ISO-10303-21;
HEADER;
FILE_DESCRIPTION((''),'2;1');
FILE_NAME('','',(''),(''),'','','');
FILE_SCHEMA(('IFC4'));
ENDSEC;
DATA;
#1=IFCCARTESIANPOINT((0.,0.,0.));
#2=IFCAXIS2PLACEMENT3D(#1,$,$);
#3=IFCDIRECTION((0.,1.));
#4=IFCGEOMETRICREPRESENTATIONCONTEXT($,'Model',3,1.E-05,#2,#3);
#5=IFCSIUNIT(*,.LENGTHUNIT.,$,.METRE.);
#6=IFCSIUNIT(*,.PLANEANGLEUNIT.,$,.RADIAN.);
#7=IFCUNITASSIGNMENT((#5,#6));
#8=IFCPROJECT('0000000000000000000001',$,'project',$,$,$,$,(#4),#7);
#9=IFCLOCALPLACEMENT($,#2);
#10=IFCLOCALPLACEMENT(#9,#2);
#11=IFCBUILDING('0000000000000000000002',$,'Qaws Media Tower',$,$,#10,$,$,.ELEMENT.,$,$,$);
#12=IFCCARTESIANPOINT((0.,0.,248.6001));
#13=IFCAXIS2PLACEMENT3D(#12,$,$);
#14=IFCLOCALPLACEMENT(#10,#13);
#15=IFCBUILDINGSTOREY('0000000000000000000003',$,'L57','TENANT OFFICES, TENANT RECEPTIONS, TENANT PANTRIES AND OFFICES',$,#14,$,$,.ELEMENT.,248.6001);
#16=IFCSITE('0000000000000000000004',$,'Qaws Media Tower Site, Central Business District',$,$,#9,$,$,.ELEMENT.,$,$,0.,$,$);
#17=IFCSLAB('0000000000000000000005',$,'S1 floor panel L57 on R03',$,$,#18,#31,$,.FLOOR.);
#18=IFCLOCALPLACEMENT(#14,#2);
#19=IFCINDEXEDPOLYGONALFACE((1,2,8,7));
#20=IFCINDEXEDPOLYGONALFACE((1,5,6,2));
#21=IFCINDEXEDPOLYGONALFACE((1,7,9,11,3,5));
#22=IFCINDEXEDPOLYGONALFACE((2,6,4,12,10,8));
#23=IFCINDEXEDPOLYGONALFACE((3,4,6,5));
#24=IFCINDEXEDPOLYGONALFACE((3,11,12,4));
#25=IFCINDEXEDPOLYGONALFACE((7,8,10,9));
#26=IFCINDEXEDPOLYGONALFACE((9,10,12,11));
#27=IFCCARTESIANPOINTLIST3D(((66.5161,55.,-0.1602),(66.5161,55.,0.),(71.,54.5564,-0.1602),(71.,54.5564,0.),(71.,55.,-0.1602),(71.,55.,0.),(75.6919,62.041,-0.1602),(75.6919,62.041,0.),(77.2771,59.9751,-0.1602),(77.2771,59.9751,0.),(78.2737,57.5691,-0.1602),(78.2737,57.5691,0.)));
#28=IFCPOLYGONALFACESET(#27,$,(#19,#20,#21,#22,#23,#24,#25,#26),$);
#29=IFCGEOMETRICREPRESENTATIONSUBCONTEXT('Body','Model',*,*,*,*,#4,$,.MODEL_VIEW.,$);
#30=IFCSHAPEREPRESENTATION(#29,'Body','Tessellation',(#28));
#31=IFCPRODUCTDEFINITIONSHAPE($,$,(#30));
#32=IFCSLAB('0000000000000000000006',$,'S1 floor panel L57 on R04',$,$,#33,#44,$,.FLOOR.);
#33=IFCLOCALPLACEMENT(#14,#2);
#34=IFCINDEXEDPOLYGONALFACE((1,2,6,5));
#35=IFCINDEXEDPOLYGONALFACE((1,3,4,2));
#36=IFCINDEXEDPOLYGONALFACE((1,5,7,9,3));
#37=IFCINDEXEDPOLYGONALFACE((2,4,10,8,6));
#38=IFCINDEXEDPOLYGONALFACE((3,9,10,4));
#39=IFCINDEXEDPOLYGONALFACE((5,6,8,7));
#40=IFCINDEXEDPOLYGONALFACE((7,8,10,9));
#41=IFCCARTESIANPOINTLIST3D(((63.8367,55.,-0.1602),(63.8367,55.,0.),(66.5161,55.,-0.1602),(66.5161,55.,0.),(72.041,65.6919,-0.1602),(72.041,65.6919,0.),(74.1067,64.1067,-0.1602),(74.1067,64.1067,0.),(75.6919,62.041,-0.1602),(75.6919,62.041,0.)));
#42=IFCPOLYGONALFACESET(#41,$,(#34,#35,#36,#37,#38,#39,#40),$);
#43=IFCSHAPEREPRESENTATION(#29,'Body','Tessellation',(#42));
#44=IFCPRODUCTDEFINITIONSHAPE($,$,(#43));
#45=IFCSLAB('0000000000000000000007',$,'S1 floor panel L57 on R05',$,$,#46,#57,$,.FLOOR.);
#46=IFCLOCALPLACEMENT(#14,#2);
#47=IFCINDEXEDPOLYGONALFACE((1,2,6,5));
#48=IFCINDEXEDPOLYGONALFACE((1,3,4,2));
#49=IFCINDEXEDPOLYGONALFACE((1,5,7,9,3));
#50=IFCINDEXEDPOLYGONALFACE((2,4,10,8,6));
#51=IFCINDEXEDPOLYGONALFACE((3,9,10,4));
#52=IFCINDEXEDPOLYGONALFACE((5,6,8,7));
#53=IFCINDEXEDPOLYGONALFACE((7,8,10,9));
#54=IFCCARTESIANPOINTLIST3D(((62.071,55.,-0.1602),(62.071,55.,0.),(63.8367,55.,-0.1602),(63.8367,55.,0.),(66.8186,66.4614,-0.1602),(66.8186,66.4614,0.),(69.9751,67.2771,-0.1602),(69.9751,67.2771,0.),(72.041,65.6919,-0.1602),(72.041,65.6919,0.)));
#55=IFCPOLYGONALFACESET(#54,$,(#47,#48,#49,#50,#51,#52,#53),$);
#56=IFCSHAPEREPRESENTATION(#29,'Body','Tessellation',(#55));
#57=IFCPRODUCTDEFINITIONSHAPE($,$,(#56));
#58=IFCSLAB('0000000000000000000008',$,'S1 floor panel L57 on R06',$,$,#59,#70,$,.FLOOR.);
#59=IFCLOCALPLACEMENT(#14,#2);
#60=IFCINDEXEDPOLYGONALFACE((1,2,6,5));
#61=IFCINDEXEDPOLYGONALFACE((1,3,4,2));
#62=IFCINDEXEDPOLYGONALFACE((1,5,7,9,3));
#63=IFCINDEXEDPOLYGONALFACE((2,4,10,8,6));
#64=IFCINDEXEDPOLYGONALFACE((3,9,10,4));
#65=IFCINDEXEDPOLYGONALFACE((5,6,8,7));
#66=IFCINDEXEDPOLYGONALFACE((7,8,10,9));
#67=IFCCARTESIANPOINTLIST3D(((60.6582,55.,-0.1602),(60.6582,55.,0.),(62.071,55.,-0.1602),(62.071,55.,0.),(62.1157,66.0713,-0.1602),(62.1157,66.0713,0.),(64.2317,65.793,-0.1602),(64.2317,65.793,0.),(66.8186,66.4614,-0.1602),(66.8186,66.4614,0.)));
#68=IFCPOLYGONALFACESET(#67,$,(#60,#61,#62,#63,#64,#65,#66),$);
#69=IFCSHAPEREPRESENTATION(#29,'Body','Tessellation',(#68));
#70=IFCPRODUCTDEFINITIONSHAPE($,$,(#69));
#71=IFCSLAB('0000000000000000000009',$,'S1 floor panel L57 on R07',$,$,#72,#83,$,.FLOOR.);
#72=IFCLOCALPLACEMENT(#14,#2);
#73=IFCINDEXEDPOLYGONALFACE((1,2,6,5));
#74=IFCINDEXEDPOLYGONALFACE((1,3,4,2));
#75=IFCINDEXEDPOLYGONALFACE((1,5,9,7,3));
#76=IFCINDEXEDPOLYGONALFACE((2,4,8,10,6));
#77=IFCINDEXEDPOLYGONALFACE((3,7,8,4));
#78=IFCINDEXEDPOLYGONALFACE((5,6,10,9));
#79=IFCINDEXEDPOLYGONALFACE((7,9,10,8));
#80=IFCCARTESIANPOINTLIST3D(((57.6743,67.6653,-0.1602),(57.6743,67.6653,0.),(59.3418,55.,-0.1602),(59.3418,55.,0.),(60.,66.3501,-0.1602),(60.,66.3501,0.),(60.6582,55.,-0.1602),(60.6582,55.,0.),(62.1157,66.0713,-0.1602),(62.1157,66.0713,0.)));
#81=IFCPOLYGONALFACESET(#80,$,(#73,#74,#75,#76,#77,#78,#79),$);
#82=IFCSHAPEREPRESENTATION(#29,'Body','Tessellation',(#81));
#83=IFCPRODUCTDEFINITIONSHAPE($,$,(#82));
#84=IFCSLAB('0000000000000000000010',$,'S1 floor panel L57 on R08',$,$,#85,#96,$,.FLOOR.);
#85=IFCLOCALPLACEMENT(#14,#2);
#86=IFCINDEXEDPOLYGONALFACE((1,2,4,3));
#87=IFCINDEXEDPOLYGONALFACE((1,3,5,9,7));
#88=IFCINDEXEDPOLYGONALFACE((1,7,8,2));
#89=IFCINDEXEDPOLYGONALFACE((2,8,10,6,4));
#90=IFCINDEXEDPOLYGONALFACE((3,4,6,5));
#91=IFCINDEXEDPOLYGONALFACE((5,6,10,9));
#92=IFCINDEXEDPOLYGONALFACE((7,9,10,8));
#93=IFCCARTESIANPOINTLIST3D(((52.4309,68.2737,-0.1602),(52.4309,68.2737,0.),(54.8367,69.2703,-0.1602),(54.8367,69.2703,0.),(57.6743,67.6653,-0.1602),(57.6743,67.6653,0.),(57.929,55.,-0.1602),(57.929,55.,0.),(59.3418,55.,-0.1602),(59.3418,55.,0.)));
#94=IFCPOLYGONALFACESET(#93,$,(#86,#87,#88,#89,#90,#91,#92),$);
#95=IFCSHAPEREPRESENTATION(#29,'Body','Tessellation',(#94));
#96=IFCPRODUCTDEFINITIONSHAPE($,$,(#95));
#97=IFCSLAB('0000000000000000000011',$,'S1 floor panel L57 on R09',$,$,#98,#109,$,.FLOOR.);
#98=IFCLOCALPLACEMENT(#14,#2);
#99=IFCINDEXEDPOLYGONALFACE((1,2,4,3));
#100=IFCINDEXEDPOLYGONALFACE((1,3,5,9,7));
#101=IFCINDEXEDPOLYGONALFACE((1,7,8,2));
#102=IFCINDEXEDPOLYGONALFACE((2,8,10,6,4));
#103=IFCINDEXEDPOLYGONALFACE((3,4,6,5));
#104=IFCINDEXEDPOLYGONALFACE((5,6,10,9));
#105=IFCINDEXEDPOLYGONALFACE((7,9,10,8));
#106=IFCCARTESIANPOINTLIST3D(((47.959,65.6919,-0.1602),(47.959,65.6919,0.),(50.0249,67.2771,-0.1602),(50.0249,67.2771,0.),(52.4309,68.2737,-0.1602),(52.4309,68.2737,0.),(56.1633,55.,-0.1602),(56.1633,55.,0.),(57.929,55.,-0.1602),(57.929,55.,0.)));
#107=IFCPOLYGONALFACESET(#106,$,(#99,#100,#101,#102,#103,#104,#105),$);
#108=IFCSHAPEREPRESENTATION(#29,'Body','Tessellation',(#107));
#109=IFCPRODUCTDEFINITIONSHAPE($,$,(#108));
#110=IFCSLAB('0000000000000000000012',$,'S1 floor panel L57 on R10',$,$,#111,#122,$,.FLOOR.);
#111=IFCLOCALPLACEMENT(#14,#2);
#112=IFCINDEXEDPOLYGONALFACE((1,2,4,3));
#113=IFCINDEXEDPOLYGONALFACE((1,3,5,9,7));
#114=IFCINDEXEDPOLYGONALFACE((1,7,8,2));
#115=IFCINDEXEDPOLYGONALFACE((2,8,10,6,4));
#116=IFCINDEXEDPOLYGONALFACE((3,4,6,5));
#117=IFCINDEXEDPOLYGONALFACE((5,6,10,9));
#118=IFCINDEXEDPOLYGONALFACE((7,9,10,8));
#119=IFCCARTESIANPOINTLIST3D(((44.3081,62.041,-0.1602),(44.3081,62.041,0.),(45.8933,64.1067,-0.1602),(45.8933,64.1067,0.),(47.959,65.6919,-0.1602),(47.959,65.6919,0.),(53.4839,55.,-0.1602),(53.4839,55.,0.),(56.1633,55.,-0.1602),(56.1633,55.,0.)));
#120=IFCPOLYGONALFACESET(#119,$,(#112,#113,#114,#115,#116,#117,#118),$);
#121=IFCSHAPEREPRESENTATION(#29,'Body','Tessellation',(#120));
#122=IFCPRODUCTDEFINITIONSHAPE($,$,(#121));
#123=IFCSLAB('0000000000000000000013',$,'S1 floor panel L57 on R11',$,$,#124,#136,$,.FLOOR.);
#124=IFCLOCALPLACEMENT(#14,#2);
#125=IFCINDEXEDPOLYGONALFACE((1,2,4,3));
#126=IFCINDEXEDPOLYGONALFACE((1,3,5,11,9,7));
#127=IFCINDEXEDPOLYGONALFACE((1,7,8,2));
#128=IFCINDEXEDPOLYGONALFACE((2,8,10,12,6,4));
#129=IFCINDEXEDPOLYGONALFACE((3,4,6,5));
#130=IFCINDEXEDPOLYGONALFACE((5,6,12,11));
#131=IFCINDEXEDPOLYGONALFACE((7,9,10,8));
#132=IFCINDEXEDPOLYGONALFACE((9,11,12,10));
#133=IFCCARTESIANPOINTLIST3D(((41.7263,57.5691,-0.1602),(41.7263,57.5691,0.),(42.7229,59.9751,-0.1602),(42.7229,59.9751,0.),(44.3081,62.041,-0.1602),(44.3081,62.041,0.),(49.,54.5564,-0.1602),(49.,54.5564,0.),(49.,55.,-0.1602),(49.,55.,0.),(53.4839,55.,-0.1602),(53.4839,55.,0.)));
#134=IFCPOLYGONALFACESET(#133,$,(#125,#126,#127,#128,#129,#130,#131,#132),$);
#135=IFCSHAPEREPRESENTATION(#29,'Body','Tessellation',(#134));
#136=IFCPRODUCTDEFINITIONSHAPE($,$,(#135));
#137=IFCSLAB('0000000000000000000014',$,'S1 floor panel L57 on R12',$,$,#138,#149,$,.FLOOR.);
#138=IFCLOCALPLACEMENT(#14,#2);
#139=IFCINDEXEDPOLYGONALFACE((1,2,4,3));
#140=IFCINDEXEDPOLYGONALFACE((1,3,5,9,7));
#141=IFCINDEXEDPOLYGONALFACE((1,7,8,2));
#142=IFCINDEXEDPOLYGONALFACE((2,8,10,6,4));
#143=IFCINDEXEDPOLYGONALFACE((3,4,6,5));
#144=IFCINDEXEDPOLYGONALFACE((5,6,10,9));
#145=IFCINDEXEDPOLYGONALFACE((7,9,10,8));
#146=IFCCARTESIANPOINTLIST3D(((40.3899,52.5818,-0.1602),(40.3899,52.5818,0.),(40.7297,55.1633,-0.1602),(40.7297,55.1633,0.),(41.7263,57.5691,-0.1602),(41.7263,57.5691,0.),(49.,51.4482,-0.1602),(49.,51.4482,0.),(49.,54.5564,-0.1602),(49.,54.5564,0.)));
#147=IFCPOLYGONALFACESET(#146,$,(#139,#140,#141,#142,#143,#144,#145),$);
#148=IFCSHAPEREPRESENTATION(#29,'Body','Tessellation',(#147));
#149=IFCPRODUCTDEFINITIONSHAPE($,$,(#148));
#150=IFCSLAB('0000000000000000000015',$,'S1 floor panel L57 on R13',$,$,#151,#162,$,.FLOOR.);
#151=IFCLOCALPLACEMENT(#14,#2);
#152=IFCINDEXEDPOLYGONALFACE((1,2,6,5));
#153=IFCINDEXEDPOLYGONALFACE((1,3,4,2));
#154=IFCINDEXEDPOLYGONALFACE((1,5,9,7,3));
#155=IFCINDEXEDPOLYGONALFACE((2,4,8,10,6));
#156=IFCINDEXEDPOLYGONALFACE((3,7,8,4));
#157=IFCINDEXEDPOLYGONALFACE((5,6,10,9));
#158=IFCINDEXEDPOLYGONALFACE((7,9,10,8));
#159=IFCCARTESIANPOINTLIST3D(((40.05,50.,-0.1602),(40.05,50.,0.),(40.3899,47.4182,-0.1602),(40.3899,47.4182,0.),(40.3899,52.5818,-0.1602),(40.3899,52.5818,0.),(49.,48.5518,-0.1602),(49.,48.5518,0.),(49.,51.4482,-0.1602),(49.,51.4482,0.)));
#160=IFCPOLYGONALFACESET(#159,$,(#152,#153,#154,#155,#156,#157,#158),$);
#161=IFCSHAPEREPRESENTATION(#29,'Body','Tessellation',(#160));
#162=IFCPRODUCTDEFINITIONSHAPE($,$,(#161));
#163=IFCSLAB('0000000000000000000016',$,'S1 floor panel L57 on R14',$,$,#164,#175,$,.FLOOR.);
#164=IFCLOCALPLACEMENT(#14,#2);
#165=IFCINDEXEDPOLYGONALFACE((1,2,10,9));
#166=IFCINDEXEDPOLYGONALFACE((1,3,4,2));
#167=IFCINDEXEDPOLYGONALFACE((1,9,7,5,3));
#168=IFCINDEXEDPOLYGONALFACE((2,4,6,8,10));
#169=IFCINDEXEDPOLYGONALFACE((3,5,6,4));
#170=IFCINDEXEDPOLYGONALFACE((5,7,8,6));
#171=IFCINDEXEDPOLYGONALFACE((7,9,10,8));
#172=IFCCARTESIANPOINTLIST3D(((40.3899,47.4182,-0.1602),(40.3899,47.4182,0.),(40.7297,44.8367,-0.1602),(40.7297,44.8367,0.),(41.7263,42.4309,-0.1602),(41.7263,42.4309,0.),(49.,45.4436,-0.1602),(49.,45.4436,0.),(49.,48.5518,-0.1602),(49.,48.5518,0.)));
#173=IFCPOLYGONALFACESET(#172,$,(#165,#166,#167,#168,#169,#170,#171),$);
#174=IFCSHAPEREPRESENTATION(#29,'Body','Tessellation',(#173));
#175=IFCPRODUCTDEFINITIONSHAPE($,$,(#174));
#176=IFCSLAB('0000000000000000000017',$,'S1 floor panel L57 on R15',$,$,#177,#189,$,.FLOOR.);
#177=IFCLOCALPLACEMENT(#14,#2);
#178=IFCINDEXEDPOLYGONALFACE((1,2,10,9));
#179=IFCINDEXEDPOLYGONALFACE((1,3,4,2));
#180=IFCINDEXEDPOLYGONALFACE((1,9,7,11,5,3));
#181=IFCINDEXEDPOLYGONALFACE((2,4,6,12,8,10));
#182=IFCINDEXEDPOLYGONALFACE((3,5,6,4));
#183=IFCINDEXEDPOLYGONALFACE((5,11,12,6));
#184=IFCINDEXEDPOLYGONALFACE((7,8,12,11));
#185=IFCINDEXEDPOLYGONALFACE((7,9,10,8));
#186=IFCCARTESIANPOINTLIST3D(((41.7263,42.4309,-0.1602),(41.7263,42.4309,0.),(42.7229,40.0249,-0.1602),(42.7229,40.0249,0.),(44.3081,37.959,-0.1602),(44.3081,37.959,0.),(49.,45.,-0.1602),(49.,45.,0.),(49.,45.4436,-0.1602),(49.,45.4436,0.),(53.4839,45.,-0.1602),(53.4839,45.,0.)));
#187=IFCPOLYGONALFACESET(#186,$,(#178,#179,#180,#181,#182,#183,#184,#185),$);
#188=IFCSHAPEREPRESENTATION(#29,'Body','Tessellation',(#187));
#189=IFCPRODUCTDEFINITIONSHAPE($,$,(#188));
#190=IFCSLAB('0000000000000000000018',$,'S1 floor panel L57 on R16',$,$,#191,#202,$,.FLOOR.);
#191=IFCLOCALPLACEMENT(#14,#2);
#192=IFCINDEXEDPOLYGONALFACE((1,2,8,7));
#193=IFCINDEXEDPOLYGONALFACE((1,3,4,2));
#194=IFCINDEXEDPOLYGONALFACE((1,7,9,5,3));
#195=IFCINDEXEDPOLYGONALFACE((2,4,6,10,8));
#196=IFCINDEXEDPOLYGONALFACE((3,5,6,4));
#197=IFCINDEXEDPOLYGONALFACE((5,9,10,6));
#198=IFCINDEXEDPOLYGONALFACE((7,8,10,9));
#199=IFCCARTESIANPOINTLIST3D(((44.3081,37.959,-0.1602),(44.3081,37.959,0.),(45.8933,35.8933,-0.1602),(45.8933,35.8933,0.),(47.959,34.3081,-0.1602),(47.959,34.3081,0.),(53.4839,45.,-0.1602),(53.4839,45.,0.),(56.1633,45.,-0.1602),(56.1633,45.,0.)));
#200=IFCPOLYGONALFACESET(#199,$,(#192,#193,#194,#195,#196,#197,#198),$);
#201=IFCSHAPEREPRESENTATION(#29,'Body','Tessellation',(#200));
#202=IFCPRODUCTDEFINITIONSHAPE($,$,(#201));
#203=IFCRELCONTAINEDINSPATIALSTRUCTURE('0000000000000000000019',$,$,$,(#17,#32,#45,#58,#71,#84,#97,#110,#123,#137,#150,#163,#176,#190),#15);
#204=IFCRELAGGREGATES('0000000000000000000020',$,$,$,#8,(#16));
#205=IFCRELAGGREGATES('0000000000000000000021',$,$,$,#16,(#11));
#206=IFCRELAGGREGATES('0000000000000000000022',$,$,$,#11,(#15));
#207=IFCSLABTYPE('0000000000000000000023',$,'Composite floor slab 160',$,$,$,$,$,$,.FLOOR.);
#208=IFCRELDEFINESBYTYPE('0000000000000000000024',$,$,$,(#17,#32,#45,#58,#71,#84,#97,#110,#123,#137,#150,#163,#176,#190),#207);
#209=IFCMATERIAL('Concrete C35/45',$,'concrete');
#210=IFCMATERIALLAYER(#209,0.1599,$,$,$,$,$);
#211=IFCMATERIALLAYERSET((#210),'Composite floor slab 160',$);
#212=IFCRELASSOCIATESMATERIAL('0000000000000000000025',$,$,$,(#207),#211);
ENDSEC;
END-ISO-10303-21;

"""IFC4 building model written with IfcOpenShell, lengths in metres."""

from ifc_helpers import new_model, si_unit, direction, frame, origin, place, context, subcontext, project, spatial, polyline, outline, extrude, material, layer, layer_set, type_object, element, save


model = new_model("IFC4")

# Units and contexts
model_context = context("Model", 3, precision=1e-05, world=origin(), true_north=direction((0.0, 1.0)))
body_context = subcontext(model_context, "Body", "Model", "MODEL_VIEW")
ifc_project = project(units=[si_unit("LENGTHUNIT", "METRE"), si_unit("PLANEANGLEUNIT", "RADIAN")], contexts=[model_context])

# Site, building, storey
site_placement = place(None, origin())
site = spatial("IfcSite", under=ifc_project, at=site_placement, Name="Qaws Media Tower Site, Central Business District", CompositionType="ELEMENT", RefElevation=0.0)
building_placement = place(site_placement, origin())
building = spatial("IfcBuilding", under=site, at=building_placement, Name="Qaws Media Tower", CompositionType="ELEMENT")
storey_placement = place(building_placement, frame((0.0, 0.0, 248.6001)))
storey = spatial("IfcBuildingStorey", under=building, at=storey_placement, Name="L57", Description="TENANT OFFICES, TENANT RECEPTIONS, TENANT PANTRIES AND OFFICES", CompositionType="ELEMENT", Elevation=248.6001)

# Slabs
ifc_material_1 = material(Name="Concrete C35/45", Category="concrete")
ifc_layer_1 = layer(ifc_material_1, 0.1599)
ifc_layer_set_1 = layer_set([ifc_layer_1], Name="Composite floor slab 160")
slab_type_1 = type_object("IfcSlabType", Name="Composite floor slab 160", PredefinedType="FLOOR", material=ifc_layer_set_1)
slab_1_placement = place(storey_placement, frame((0.0, 0.0, -0.1602)))
element("IfcSlab", 1, at=slab_1_placement, inside=storey, type_object=slab_type_1, Name="S1 floor panel L57 on R03", PredefinedType="FLOOR", context=body_context, shape_type="SweptSolid", body=[
    extrude(outline(polyline([(77.2771, 59.9751), (78.2737, 57.5691), (71.0, 54.5564), (71.0, 55.0), (66.5161, 55.0), (75.6919, 62.041), (77.2771, 59.9751)])), origin(), (0.0, 0.0, 1.0), 0.1602),
])
slab_2_placement = place(storey_placement, frame((0.0, 0.0, -0.1602)))
element("IfcSlab", 2, at=slab_2_placement, inside=storey, type_object=slab_type_1, Name="S1 floor panel L57 on R04", PredefinedType="FLOOR", context=body_context, shape_type="SweptSolid", body=[
    extrude(outline(polyline([(74.1067, 64.1067), (75.6919, 62.041), (66.5161, 55.0), (63.8367, 55.0), (72.041, 65.6919), (74.1067, 64.1067)])), origin(), (0.0, 0.0, 1.0), 0.1602),
])
slab_3_placement = place(storey_placement, frame((0.0, 0.0, -0.1602)))
element("IfcSlab", 3, at=slab_3_placement, inside=storey, type_object=slab_type_1, Name="S1 floor panel L57 on R05", PredefinedType="FLOOR", context=body_context, shape_type="SweptSolid", body=[
    extrude(outline(polyline([(69.9751, 67.2771), (72.041, 65.6919), (63.8367, 55.0), (62.071, 55.0), (66.8186, 66.4614), (69.9751, 67.2771)])), origin(), (0.0, 0.0, 1.0), 0.1602),
])
slab_4_placement = place(storey_placement, frame((0.0, 0.0, -0.1602)))
element("IfcSlab", 4, at=slab_4_placement, inside=storey, type_object=slab_type_1, Name="S1 floor panel L57 on R06", PredefinedType="FLOOR", context=body_context, shape_type="SweptSolid", body=[
    extrude(outline(polyline([(64.2317, 65.793), (66.8186, 66.4614), (62.071, 55.0), (60.6582, 55.0), (62.1157, 66.0713), (64.2317, 65.793)])), origin(), (0.0, 0.0, 1.0), 0.1602),
])
slab_5_placement = place(storey_placement, frame((0.0, 0.0, -0.1602)))
element("IfcSlab", 5, at=slab_5_placement, inside=storey, type_object=slab_type_1, Name="S1 floor panel L57 on R07", PredefinedType="FLOOR", context=body_context, shape_type="SweptSolid", body=[
    extrude(outline(polyline([(60.0, 66.3501), (62.1157, 66.0713), (60.6582, 55.0), (59.3418, 55.0), (57.6743, 67.6653), (60.0, 66.3501)])), origin(), (0.0, 0.0, 1.0), 0.1602),
])
slab_6_placement = place(storey_placement, frame((0.0, 0.0, -0.1602)))
element("IfcSlab", 6, at=slab_6_placement, inside=storey, type_object=slab_type_1, Name="S1 floor panel L57 on R08", PredefinedType="FLOOR", context=body_context, shape_type="SweptSolid", body=[
    extrude(outline(polyline([(54.8367, 69.2703), (57.6743, 67.6653), (59.3418, 55.0), (57.929, 55.0), (52.4309, 68.2737), (54.8367, 69.2703)])), origin(), (0.0, 0.0, 1.0), 0.1602),
])
slab_7_placement = place(storey_placement, frame((0.0, 0.0, -0.1602)))
element("IfcSlab", 7, at=slab_7_placement, inside=storey, type_object=slab_type_1, Name="S1 floor panel L57 on R09", PredefinedType="FLOOR", context=body_context, shape_type="SweptSolid", body=[
    extrude(outline(polyline([(50.0249, 67.2771), (52.4309, 68.2737), (57.929, 55.0), (56.1633, 55.0), (47.959, 65.6919), (50.0249, 67.2771)])), origin(), (0.0, 0.0, 1.0), 0.1602),
])
slab_8_placement = place(storey_placement, frame((0.0, 0.0, -0.1602)))
element("IfcSlab", 8, at=slab_8_placement, inside=storey, type_object=slab_type_1, Name="S1 floor panel L57 on R10", PredefinedType="FLOOR", context=body_context, shape_type="SweptSolid", body=[
    extrude(outline(polyline([(45.8933, 64.1067), (47.959, 65.6919), (56.1633, 55.0), (53.4839, 55.0), (44.3081, 62.041), (45.8933, 64.1067)])), origin(), (0.0, 0.0, 1.0), 0.1602),
])
slab_9_placement = place(storey_placement, frame((0.0, 0.0, -0.1602)))
element("IfcSlab", 9, at=slab_9_placement, inside=storey, type_object=slab_type_1, Name="S1 floor panel L57 on R11", PredefinedType="FLOOR", context=body_context, shape_type="SweptSolid", body=[
    extrude(outline(polyline([(42.7229, 59.9751), (44.3081, 62.041), (53.4839, 55.0), (49.0, 55.0), (49.0, 54.5564), (41.7263, 57.5691), (42.7229, 59.9751)])), origin(), (0.0, 0.0, 1.0), 0.1602),
])
slab_10_placement = place(storey_placement, frame((0.0, 0.0, -0.1602)))
element("IfcSlab", 10, at=slab_10_placement, inside=storey, type_object=slab_type_1, Name="S1 floor panel L57 on R12", PredefinedType="FLOOR", context=body_context, shape_type="SweptSolid", body=[
    extrude(outline(polyline([(40.7297, 55.1633), (41.7263, 57.5691), (49.0, 54.5564), (49.0, 51.4482), (40.3899, 52.5818), (40.7297, 55.1633)])), origin(), (0.0, 0.0, 1.0), 0.1602),
])
slab_11_placement = place(storey_placement, frame((0.0, 0.0, -0.1602)))
element("IfcSlab", 11, at=slab_11_placement, inside=storey, type_object=slab_type_1, Name="S1 floor panel L57 on R13", PredefinedType="FLOOR", context=body_context, shape_type="SweptSolid", body=[
    extrude(outline(polyline([(40.05, 50.0), (40.3899, 52.5818), (49.0, 51.4482), (49.0, 48.5518), (40.3899, 47.4182), (40.05, 50.0)])), origin(), (0.0, 0.0, 1.0), 0.1602),
])
slab_12_placement = place(storey_placement, frame((0.0, 0.0, -0.1602)))
element("IfcSlab", 12, at=slab_12_placement, inside=storey, type_object=slab_type_1, Name="S1 floor panel L57 on R14", PredefinedType="FLOOR", context=body_context, shape_type="SweptSolid", body=[
    extrude(outline(polyline([(40.7297, 44.8367), (40.3899, 47.4182), (49.0, 48.5518), (49.0, 45.4436), (41.7263, 42.4309), (40.7297, 44.8367)])), origin(), (0.0, 0.0, 1.0), 0.1602),
])
slab_13_placement = place(storey_placement, frame((0.0, 0.0, -0.1602)))
element("IfcSlab", 13, at=slab_13_placement, inside=storey, type_object=slab_type_1, Name="S1 floor panel L57 on R15", PredefinedType="FLOOR", context=body_context, shape_type="SweptSolid", body=[
    extrude(outline(polyline([(42.7229, 40.0249), (41.7263, 42.4309), (49.0, 45.4436), (49.0, 45.0), (53.4839, 45.0), (44.3081, 37.959), (42.7229, 40.0249)])), origin(), (0.0, 0.0, 1.0), 0.1602),
])
slab_14_placement = place(storey_placement, frame((0.0, 0.0, -0.1602)))
element("IfcSlab", 14, at=slab_14_placement, inside=storey, type_object=slab_type_1, Name="S1 floor panel L57 on R16", PredefinedType="FLOOR", context=body_context, shape_type="SweptSolid", body=[
    extrude(outline(polyline([(45.8933, 35.8933), (44.3081, 37.959), (53.4839, 45.0), (56.1633, 45.0), (47.959, 34.3081), (45.8933, 35.8933)])), origin(), (0.0, 0.0, 1.0), 0.1602),
])

save(model, "model.ifc")
